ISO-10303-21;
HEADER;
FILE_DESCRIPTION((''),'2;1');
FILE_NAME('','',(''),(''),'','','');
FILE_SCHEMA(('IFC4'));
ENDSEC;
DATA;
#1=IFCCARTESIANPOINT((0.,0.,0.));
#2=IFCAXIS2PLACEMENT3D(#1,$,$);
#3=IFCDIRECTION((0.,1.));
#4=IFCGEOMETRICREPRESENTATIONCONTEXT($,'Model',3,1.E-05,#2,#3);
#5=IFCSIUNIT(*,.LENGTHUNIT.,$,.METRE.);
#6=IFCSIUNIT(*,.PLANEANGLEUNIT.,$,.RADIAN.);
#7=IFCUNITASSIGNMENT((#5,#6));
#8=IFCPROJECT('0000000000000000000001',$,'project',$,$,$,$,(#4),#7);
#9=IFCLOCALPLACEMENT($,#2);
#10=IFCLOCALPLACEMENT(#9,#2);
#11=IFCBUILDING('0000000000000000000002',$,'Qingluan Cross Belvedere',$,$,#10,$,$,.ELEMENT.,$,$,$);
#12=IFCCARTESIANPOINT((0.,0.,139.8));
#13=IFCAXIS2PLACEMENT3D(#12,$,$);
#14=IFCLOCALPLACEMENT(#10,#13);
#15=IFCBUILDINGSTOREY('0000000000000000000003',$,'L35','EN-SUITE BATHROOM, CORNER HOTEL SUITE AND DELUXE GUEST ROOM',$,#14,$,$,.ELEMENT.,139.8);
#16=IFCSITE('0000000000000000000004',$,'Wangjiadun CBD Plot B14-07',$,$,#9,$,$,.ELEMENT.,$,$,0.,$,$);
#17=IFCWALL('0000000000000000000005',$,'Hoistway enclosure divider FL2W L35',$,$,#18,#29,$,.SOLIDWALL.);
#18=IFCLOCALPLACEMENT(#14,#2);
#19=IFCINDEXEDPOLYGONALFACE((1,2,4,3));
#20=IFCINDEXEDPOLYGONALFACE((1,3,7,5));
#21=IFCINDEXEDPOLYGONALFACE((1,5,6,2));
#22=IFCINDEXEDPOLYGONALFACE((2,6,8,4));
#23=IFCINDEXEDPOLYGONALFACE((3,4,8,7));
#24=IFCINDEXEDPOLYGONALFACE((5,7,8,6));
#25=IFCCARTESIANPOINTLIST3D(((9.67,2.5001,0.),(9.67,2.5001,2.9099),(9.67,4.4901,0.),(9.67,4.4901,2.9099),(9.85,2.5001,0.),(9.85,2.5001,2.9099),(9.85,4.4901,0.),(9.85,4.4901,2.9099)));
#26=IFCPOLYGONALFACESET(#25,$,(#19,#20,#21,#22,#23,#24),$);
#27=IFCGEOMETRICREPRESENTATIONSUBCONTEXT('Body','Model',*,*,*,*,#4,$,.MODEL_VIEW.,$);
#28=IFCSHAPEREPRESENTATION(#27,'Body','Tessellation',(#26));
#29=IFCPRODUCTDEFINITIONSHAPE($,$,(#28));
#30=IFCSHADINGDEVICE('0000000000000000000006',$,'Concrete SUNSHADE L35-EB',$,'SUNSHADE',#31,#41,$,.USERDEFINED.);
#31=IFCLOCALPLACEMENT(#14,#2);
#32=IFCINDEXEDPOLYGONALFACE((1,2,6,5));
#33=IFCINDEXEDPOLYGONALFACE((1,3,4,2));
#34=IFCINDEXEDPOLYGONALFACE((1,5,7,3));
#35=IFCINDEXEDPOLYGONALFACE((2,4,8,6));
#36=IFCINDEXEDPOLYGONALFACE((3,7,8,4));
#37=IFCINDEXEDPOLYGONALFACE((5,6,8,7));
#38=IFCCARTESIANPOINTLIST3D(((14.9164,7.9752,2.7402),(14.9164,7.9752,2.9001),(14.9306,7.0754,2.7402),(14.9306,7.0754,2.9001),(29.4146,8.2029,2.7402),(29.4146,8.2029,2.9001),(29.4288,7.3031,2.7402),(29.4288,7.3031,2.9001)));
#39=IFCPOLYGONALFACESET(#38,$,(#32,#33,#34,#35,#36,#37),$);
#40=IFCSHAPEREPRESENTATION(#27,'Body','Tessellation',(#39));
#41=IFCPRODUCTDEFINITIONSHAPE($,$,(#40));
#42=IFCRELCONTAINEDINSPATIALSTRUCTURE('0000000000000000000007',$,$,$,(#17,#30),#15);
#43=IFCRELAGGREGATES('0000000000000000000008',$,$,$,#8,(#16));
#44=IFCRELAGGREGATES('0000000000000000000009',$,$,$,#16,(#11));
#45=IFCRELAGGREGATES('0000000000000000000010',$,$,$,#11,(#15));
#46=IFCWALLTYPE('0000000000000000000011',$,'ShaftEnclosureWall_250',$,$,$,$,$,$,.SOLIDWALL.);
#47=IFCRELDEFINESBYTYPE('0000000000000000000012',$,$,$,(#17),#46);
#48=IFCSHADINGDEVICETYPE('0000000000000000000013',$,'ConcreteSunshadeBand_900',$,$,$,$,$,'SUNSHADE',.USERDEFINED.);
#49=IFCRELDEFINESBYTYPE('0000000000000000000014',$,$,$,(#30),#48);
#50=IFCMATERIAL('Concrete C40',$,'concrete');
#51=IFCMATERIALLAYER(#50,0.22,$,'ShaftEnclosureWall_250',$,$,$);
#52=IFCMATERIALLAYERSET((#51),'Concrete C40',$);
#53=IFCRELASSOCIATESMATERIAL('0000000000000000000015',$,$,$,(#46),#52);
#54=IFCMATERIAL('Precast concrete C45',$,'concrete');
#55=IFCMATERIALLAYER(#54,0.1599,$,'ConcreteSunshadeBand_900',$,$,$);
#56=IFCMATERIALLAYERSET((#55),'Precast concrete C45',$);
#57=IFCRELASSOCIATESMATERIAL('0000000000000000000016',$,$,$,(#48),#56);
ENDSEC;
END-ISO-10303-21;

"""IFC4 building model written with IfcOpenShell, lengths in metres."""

from ifc_helpers import new_model, si_unit, direction, frame, frame_2d, origin, origin_2d, place, context, subcontext, project, spatial, rectangle, extrude, material, layer, layer_set, type_object, element, save


model = new_model("IFC4")

# Units and contexts
model_context = context("Model", 3, precision=1e-05, world=origin(), true_north=direction((0.0, 1.0)))
body_context = subcontext(model_context, "Body", "Model", "MODEL_VIEW")
ifc_project = project(units=[si_unit("LENGTHUNIT", "METRE"), si_unit("PLANEANGLEUNIT", "RADIAN")], contexts=[model_context])

# Site, building, storey
site_placement = place(None, origin())
site = spatial("IfcSite", under=ifc_project, at=site_placement, Name="Wangjiadun CBD Plot B14-07", CompositionType="ELEMENT", RefElevation=0.0)
building_placement = place(site_placement, origin())
building = spatial("IfcBuilding", under=site, at=building_placement, Name="Qingluan Cross Belvedere", CompositionType="ELEMENT")
storey_placement = place(building_placement, frame((0.0, 0.0, 139.8)))
storey = spatial("IfcBuildingStorey", under=building, at=storey_placement, Name="L35", Description="EN-SUITE BATHROOM, CORNER HOTEL SUITE AND DELUXE GUEST ROOM", CompositionType="ELEMENT", Elevation=139.8)

# Wall
ifc_material_1 = material(Name="Concrete C40", Category="concrete")
ifc_layer_1 = layer(ifc_material_1, 0.22, Name="ShaftEnclosureWall_250")
ifc_layer_set_1 = layer_set([ifc_layer_1], Name="Concrete C40")
wall_type_1 = type_object("IfcWallType", Name="ShaftEnclosureWall_250", PredefinedType="SOLIDWALL", material=ifc_layer_set_1)
wall_1_placement = place(storey_placement, frame((9.76, 2.5, 0.0), z_axis=(0.0, 0.0, 1.0), x_axis=(0.0, 1.0, 0.0)))
element("IfcWall", 1, at=wall_1_placement, inside=storey, type_object=wall_type_1, Name="Hoistway enclosure divider FL2W L35", PredefinedType="SOLIDWALL", context=body_context, shape_type="SweptSolid", body=[
    extrude(rectangle(XDim=1.99, YDim=0.1799, at=frame_2d((0.9951, 0.0))), origin(), (0.0, 0.0, 1.0), 2.9099),
])

# Shading device
ifc_material_2 = material(Name="Precast concrete C45", Category="concrete")
ifc_layer_2 = layer(ifc_material_2, 0.1599, Name="ConcreteSunshadeBand_900")
ifc_layer_set_2 = layer_set([ifc_layer_2], Name="Precast concrete C45")
shading_device_type = type_object("IfcShadingDeviceType", Name="ConcreteSunshadeBand_900", ElementType="SUNSHADE", PredefinedType="USERDEFINED", material=ifc_layer_set_2)
shading_device_placement = place(storey_placement, frame((22.1726, 7.6392, 2.7402), z_axis=(0.0, 0.0, 1.0), x_axis=(-0.999877, -0.015707, 0.0)))
element("IfcShadingDevice", 2, at=shading_device_placement, inside=storey, type_object=shading_device_type, Name="Concrete SUNSHADE L35-EB", ObjectType="SUNSHADE", PredefinedType="USERDEFINED", context=body_context, shape_type="SweptSolid", body=[
    extrude(rectangle(XDim=14.5, YDim=0.8999, at=origin_2d()), origin(), (0.0, 0.0, 1.0), 0.1599),
])

save(model, "model.ifc")
